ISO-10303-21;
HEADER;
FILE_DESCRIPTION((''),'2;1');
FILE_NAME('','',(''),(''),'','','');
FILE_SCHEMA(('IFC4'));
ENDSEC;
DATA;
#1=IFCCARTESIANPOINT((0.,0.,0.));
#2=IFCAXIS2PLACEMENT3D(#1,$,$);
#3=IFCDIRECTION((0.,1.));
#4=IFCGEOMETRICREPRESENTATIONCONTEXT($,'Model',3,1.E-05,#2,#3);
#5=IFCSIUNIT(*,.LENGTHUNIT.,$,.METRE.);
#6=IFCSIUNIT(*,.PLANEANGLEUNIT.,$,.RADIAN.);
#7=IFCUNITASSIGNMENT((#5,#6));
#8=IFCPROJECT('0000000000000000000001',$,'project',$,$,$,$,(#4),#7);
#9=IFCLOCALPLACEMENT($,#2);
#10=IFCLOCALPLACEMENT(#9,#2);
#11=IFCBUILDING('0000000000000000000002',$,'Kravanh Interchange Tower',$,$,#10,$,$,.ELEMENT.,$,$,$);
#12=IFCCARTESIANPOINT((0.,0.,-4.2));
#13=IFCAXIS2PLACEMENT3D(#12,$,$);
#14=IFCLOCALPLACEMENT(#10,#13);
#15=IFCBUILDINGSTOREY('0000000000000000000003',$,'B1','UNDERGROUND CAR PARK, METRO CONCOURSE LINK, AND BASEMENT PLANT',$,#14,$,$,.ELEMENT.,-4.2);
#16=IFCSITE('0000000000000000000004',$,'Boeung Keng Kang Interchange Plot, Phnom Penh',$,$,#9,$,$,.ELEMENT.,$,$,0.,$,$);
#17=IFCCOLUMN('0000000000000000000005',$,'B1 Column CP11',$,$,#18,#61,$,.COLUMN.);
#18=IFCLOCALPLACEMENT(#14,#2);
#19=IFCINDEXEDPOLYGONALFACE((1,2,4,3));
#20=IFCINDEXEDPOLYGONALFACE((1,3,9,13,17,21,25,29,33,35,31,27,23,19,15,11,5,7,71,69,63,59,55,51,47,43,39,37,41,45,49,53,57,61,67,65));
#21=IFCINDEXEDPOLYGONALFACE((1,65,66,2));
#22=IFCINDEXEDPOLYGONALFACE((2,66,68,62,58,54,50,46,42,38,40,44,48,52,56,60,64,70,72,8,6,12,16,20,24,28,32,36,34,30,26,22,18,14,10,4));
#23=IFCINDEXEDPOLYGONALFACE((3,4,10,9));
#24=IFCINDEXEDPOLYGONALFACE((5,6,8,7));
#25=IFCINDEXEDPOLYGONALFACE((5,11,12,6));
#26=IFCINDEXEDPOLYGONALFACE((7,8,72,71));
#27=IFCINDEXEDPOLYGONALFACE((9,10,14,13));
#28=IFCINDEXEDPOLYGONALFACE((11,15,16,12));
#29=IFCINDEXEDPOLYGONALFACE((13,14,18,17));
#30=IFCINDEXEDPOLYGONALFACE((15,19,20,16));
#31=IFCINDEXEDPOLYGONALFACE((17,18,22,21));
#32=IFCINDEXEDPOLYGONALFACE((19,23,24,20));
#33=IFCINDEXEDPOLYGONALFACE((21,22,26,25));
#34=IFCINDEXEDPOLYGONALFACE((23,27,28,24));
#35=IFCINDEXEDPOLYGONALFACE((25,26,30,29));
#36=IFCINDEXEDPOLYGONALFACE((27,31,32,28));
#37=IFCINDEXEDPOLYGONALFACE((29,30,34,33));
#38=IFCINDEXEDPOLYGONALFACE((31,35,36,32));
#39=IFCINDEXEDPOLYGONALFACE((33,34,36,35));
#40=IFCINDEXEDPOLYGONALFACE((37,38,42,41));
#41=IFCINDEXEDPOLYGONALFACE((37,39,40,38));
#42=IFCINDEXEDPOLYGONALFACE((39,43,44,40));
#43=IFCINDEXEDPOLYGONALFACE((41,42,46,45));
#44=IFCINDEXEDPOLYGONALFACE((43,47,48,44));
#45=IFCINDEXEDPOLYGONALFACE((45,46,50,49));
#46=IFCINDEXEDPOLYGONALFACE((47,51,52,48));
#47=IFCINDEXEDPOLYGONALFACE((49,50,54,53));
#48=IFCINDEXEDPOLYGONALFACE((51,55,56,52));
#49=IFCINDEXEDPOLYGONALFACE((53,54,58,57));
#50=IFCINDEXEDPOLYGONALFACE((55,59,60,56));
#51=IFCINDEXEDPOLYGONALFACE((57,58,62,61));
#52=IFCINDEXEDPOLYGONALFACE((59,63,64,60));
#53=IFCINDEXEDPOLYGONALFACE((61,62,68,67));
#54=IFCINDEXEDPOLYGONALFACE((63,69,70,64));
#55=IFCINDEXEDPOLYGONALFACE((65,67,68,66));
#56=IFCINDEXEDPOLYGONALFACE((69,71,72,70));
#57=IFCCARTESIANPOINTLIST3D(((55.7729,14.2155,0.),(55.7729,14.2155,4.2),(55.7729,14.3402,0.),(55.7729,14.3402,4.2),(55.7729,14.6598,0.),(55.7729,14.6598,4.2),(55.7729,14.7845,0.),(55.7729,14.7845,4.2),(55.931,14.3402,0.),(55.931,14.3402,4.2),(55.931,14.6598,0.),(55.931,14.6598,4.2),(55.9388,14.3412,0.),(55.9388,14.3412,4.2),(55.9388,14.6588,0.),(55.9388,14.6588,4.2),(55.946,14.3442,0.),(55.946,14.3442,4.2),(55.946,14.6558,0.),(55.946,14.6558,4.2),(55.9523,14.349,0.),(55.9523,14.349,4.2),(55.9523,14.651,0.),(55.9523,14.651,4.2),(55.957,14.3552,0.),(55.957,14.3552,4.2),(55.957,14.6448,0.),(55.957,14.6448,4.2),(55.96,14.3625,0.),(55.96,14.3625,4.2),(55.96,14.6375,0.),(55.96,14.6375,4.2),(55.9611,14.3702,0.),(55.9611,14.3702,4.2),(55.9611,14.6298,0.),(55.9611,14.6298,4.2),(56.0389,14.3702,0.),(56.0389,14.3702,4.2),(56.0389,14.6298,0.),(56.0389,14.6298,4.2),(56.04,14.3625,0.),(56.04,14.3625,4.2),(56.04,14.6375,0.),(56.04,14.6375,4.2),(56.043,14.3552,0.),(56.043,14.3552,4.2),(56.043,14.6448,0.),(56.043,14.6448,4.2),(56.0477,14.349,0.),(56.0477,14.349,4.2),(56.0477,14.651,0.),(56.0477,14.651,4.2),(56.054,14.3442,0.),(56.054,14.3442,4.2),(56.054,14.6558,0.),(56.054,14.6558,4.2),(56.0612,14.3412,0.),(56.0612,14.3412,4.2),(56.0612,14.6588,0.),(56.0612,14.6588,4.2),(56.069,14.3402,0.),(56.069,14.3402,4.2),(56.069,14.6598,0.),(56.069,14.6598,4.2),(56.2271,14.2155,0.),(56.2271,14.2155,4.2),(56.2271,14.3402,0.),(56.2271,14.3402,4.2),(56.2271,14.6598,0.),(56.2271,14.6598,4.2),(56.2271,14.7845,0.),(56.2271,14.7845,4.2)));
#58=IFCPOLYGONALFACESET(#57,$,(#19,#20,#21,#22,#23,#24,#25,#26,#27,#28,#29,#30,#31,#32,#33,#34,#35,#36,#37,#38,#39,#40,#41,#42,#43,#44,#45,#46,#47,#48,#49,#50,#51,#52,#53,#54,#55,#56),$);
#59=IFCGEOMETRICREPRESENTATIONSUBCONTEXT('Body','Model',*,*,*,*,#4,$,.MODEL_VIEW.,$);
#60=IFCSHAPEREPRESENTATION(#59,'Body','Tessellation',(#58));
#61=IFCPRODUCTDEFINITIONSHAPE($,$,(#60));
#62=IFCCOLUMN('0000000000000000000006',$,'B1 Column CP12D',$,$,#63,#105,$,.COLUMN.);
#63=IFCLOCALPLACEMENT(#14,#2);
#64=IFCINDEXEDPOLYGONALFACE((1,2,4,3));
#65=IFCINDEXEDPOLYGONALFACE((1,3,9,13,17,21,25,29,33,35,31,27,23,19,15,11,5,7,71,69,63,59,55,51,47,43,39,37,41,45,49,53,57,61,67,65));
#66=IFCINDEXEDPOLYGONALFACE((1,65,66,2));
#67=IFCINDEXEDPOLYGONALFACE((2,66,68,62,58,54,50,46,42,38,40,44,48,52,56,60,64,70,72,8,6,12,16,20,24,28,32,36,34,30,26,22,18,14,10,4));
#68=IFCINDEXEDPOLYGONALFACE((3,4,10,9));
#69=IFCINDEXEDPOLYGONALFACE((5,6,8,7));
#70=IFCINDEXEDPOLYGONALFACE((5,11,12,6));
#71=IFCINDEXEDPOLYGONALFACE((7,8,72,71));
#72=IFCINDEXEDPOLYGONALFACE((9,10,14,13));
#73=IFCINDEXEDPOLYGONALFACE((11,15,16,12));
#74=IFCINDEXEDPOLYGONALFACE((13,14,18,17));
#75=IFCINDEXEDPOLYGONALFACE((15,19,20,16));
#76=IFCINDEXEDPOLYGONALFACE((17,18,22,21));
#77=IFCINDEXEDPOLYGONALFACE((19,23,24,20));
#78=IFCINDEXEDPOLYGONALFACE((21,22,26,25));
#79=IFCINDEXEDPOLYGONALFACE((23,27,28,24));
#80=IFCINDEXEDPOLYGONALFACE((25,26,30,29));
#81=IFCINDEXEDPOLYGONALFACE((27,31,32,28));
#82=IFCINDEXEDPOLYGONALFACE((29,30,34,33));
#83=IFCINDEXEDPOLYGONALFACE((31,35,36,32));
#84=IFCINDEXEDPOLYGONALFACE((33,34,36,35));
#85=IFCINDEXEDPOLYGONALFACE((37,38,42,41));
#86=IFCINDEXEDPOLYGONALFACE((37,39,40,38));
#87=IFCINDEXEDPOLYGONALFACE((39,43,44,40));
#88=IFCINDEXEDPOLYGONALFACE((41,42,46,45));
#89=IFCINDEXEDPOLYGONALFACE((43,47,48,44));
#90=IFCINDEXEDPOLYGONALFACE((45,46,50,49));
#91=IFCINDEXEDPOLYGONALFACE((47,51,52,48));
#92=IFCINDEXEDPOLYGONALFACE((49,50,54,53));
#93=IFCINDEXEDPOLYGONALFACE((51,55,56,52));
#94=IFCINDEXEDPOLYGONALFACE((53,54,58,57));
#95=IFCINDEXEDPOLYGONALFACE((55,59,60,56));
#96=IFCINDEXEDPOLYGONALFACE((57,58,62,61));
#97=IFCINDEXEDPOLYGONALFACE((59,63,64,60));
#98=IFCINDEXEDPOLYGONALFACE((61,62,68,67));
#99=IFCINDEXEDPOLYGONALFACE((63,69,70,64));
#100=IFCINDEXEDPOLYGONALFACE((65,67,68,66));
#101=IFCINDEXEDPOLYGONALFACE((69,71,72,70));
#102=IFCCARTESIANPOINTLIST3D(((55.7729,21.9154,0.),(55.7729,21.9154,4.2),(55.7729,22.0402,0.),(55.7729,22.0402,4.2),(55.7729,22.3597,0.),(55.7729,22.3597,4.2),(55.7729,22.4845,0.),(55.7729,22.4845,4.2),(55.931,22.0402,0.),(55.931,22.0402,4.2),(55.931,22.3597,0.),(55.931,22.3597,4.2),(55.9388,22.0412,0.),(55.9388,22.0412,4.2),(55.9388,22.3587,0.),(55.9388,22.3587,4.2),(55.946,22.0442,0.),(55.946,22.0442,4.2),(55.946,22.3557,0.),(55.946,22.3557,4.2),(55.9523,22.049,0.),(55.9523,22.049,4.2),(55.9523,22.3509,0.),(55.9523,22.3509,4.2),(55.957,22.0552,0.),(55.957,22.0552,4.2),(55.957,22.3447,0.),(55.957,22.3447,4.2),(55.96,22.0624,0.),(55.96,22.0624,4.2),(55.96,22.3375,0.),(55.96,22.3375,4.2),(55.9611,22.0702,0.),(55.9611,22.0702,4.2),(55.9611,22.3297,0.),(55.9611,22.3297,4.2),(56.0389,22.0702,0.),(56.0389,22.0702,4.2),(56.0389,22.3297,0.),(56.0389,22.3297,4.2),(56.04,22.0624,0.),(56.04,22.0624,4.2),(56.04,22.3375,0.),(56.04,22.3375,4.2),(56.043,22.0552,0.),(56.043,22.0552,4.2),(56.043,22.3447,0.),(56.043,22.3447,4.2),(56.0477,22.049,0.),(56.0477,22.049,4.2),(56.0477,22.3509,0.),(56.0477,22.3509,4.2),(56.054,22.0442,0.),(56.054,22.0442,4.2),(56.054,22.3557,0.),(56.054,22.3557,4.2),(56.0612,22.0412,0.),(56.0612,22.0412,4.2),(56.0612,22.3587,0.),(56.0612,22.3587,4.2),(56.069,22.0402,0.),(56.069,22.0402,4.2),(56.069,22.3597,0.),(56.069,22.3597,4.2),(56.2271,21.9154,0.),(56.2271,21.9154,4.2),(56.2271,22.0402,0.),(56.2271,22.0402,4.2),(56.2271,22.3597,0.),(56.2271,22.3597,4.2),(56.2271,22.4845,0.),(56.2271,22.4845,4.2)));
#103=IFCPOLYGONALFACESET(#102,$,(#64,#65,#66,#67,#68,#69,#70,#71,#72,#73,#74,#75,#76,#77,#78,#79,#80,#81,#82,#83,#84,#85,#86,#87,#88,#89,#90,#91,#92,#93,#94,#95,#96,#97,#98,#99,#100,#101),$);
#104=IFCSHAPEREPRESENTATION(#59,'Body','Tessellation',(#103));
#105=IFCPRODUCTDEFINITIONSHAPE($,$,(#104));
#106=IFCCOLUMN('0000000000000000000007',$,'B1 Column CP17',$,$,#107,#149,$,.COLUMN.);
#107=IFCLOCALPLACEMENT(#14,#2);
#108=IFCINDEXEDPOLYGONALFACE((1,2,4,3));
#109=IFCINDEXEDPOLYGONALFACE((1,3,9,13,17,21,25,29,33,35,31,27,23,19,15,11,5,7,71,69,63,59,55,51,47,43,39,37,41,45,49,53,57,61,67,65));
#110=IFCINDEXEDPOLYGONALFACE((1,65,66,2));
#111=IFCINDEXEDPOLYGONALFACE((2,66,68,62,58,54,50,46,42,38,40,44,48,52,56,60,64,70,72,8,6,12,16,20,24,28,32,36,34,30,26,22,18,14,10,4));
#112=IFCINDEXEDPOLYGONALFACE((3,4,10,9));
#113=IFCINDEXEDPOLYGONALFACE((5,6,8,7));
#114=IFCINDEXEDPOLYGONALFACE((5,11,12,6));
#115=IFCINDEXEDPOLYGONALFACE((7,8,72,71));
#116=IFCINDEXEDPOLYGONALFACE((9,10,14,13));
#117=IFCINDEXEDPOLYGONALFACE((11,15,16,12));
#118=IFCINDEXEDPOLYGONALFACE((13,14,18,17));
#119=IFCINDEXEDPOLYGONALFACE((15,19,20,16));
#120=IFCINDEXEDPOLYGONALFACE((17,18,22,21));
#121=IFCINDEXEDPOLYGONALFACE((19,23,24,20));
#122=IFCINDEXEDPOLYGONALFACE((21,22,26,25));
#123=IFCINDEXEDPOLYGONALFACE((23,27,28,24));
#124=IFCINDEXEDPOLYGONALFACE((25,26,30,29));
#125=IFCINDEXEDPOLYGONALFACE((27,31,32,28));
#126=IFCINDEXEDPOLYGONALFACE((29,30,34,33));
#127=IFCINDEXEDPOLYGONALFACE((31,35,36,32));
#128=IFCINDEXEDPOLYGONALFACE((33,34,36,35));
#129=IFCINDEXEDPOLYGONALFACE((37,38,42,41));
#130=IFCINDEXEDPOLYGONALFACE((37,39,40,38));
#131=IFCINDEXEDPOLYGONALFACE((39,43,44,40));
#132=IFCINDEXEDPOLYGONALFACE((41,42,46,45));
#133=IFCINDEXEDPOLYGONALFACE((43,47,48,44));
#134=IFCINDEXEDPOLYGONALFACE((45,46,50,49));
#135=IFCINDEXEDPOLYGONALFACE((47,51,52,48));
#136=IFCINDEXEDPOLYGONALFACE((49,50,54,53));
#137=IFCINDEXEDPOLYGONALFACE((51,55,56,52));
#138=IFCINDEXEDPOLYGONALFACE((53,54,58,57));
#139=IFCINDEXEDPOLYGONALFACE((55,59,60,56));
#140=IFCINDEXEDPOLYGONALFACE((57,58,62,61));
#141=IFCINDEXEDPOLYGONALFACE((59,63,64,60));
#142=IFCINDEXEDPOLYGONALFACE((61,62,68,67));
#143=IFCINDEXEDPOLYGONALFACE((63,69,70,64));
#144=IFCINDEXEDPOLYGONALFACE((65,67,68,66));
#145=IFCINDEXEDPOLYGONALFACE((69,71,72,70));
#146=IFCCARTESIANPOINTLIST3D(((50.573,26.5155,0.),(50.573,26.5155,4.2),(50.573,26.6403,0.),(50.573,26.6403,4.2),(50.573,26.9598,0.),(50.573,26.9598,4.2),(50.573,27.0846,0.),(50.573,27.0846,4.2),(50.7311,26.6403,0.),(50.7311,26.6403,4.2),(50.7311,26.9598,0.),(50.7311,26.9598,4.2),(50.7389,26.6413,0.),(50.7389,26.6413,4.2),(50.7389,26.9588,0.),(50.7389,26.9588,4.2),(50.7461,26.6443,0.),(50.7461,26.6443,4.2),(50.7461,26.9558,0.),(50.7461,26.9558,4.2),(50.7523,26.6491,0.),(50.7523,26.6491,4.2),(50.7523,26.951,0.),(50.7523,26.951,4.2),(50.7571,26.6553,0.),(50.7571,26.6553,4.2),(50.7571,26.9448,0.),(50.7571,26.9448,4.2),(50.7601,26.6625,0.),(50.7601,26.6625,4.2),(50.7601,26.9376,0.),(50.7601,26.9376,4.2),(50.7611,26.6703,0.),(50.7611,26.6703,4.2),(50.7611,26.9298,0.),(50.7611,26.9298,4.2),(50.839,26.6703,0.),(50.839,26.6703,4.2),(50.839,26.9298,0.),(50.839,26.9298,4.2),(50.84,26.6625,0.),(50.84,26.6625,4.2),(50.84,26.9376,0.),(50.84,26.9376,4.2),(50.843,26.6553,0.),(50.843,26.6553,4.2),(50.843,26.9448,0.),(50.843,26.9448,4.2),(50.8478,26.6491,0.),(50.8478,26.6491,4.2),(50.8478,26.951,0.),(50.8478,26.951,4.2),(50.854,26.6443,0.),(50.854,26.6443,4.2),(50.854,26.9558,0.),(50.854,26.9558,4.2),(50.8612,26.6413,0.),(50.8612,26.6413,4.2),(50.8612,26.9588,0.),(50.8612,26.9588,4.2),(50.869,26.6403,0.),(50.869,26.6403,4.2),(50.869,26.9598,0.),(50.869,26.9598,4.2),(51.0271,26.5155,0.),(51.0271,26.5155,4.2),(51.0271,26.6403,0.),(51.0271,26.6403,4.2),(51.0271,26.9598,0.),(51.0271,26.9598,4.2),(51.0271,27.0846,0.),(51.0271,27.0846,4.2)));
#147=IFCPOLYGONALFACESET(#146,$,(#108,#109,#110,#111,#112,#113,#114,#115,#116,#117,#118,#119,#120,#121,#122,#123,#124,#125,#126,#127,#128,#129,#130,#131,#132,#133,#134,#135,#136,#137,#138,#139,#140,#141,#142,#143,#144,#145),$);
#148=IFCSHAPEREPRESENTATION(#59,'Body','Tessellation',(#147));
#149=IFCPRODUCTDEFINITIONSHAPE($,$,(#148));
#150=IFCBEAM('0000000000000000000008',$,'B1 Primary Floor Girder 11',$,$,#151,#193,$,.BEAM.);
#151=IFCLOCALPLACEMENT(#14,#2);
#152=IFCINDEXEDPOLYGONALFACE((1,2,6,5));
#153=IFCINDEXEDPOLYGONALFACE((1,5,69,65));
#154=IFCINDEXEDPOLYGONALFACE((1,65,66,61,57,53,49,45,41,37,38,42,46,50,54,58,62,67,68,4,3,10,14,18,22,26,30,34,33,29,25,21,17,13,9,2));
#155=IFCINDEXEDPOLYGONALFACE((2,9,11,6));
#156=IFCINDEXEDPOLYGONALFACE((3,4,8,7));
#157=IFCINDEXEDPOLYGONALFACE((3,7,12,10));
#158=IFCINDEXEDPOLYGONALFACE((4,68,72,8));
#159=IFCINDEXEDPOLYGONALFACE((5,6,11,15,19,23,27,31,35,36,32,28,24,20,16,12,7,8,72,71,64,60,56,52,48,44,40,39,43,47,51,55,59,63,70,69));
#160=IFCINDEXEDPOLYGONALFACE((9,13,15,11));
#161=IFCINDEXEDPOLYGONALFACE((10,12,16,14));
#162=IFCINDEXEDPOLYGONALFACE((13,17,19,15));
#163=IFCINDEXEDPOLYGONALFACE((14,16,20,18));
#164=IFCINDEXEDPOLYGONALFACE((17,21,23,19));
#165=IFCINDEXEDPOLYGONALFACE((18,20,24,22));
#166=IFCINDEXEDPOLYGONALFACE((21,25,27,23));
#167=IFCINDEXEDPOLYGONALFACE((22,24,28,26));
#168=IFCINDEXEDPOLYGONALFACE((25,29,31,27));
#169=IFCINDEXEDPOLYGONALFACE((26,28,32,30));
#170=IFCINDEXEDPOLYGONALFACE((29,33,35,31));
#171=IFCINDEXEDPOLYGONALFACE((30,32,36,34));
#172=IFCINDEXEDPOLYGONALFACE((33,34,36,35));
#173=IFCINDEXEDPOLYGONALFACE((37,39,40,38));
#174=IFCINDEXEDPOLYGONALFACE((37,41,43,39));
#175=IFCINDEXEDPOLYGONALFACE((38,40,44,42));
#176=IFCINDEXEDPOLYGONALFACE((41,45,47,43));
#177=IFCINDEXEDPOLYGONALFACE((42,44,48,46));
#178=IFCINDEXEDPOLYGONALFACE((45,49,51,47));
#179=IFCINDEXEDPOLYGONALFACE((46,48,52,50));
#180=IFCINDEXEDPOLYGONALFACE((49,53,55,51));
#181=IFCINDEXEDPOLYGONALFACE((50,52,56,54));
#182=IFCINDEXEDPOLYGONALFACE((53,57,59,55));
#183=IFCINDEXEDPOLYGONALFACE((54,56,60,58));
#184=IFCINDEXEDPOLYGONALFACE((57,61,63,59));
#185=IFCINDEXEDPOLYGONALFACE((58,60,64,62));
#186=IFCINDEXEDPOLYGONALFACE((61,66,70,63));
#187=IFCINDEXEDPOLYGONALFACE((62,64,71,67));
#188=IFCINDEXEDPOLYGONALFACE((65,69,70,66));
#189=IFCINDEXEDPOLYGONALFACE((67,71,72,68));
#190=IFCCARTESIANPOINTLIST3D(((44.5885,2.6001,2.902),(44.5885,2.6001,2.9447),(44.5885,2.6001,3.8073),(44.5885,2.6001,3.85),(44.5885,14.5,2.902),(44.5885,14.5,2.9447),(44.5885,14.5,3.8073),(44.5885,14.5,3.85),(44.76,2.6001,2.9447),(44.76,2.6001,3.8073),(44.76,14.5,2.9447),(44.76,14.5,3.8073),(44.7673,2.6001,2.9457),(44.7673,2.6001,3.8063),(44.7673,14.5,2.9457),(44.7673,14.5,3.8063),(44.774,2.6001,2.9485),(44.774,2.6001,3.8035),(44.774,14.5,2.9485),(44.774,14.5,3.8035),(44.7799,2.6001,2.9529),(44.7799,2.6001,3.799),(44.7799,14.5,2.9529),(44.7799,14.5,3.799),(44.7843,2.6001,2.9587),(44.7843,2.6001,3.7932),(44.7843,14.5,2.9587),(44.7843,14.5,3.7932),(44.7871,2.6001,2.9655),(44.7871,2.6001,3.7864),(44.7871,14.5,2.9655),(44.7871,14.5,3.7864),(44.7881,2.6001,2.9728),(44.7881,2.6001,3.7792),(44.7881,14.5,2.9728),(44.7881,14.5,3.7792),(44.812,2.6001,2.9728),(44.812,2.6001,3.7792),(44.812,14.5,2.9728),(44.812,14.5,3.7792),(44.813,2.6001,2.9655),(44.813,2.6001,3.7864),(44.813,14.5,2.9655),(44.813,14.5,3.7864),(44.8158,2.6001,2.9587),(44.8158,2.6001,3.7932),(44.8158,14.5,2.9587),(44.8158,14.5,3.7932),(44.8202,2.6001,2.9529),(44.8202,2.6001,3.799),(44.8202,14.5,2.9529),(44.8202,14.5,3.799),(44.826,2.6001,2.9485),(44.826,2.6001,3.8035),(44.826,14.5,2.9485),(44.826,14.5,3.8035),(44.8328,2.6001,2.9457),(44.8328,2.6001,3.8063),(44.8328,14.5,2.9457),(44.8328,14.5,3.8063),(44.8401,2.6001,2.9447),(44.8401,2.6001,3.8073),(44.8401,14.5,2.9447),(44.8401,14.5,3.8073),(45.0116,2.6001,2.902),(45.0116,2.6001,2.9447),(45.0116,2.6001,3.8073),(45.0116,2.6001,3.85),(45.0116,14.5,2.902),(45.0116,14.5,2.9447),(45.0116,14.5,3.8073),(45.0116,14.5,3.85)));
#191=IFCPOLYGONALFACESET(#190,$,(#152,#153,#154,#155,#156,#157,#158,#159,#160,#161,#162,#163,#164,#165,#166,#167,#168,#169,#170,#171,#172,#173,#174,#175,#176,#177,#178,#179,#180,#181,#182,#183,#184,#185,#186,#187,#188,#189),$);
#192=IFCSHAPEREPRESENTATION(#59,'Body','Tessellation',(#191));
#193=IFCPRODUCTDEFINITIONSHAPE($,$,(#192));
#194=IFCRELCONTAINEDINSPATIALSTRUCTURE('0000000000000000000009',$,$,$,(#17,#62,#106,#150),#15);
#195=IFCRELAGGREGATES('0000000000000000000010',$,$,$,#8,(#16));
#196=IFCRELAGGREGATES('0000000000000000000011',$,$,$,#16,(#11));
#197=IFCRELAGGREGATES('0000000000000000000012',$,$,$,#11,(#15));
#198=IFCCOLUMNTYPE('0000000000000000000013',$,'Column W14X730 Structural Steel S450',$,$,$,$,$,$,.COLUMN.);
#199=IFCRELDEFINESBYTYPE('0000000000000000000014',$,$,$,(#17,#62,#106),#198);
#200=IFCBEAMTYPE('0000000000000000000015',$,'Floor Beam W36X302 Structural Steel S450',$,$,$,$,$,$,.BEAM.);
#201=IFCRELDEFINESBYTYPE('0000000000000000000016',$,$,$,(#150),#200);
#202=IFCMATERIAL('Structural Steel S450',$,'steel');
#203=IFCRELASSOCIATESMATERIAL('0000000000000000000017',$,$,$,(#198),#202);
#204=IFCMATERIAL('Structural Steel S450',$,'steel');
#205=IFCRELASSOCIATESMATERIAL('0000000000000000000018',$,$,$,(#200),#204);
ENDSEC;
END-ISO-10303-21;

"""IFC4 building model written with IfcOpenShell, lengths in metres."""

from ifc_helpers import new_model, si_unit, direction, frame, origin, origin_2d, place, context, subcontext, project, spatial, i_section, extrude, material, material_profile, profile_set, type_object, element, save


model = new_model("IFC4")

# Units and contexts
model_context = context("Model", 3, precision=1e-05, world=origin(), true_north=direction((0.0, 1.0)))
body_context = subcontext(model_context, "Body", "Model", "MODEL_VIEW")
ifc_project = project(units=[si_unit("LENGTHUNIT", "METRE"), si_unit("PLANEANGLEUNIT", "RADIAN")], contexts=[model_context])

# Site, building, storey
site_placement = place(None, origin())
site = spatial("IfcSite", under=ifc_project, at=site_placement, Name="Boeung Keng Kang Interchange Plot, Phnom Penh", CompositionType="ELEMENT", RefElevation=0.0)
building_placement = place(site_placement, origin())
building = spatial("IfcBuilding", under=site, at=building_placement, Name="Kravanh Interchange Tower", CompositionType="ELEMENT")
storey_placement = place(building_placement, frame((0.0, 0.0, -4.2)))
storey = spatial("IfcBuildingStorey", under=building, at=storey_placement, Name="B1", Description="UNDERGROUND CAR PARK, METRO CONCOURSE LINK, AND BASEMENT PLANT", CompositionType="ELEMENT", Elevation=-4.2)

# Columns
ifc_material_1 = material(Name="Structural Steel S450", Category="steel")
ifc_material_profile_1 = material_profile(ifc_material_1, i_section(OverallWidth=0.4541, OverallDepth=0.5691, WebThickness=0.0779, FlangeThickness=0.1248, FilletRadius=0.03, at=origin_2d()), Name="W14X730")
ifc_profile_set_1 = profile_set([ifc_material_profile_1], Name="Structural Steel S450")
column_type = type_object("IfcColumnType", Name="Column W14X730 Structural Steel S450", PredefinedType="COLUMN", material=ifc_profile_set_1)
for number, where, z_axis, x_axis, name in (
    (1, (56.0, 14.5, 0.0), (0.0, 0.0, 1.0), (1.0, 0.0, 0.0), "B1 Column CP11"),
    (2, (56.0, 22.2, 0.0), (0.0, 0.0, 1.0), (1.0, 0.0, 0.0), "B1 Column CP12D"),
    (3, (50.8, 26.8, 0.0), (0.0, 0.0, 1.0), (1.0, 0.0, 0.0), "B1 Column CP17"),
):
    element("IfcColumn", number, at=place(storey_placement, frame(where, z_axis=z_axis, x_axis=x_axis)), inside=storey, type_object=column_type, Name=name, PredefinedType="COLUMN", context=body_context, shape_type="SweptSolid", body=[
        extrude(i_section(OverallWidth=0.4541, OverallDepth=0.5691, WebThickness=0.0779, FlangeThickness=0.1248, FilletRadius=0.03, at=origin_2d()), origin(), (0.0, 0.0, 1.0), 4.2),
    ])

# Beam
ifc_material_2 = material(Name="Structural Steel S450", Category="steel")
ifc_material_profile_2 = material_profile(ifc_material_2, i_section(OverallWidth=0.4231, OverallDepth=0.948, WebThickness=0.0239, FlangeThickness=0.0427, FilletRadius=0.0281, at=origin_2d()), Name="W36X302")
ifc_profile_set_2 = profile_set([ifc_material_profile_2], Name="Structural Steel S450")
beam_type_1 = type_object("IfcBeamType", Name="Floor Beam W36X302 Structural Steel S450", PredefinedType="BEAM", material=ifc_profile_set_2)
beam_1_placement = place(storey_placement, frame((44.8, 2.6001, 3.376), z_axis=(0.0, 1.0, 0.0), x_axis=(-1.0, 0.0, 0.0)))
element("IfcBeam", 4, at=beam_1_placement, inside=storey, type_object=beam_type_1, Name="B1 Primary Floor Girder 11", PredefinedType="BEAM", context=body_context, shape_type="SweptSolid", body=[
    extrude(i_section(OverallWidth=0.4231, OverallDepth=0.948, WebThickness=0.0239, FlangeThickness=0.0427, FilletRadius=0.0281, at=origin_2d()), origin(), (0.0, 0.0, 1.0), 11.8999),
])

save(model, "model.ifc")
